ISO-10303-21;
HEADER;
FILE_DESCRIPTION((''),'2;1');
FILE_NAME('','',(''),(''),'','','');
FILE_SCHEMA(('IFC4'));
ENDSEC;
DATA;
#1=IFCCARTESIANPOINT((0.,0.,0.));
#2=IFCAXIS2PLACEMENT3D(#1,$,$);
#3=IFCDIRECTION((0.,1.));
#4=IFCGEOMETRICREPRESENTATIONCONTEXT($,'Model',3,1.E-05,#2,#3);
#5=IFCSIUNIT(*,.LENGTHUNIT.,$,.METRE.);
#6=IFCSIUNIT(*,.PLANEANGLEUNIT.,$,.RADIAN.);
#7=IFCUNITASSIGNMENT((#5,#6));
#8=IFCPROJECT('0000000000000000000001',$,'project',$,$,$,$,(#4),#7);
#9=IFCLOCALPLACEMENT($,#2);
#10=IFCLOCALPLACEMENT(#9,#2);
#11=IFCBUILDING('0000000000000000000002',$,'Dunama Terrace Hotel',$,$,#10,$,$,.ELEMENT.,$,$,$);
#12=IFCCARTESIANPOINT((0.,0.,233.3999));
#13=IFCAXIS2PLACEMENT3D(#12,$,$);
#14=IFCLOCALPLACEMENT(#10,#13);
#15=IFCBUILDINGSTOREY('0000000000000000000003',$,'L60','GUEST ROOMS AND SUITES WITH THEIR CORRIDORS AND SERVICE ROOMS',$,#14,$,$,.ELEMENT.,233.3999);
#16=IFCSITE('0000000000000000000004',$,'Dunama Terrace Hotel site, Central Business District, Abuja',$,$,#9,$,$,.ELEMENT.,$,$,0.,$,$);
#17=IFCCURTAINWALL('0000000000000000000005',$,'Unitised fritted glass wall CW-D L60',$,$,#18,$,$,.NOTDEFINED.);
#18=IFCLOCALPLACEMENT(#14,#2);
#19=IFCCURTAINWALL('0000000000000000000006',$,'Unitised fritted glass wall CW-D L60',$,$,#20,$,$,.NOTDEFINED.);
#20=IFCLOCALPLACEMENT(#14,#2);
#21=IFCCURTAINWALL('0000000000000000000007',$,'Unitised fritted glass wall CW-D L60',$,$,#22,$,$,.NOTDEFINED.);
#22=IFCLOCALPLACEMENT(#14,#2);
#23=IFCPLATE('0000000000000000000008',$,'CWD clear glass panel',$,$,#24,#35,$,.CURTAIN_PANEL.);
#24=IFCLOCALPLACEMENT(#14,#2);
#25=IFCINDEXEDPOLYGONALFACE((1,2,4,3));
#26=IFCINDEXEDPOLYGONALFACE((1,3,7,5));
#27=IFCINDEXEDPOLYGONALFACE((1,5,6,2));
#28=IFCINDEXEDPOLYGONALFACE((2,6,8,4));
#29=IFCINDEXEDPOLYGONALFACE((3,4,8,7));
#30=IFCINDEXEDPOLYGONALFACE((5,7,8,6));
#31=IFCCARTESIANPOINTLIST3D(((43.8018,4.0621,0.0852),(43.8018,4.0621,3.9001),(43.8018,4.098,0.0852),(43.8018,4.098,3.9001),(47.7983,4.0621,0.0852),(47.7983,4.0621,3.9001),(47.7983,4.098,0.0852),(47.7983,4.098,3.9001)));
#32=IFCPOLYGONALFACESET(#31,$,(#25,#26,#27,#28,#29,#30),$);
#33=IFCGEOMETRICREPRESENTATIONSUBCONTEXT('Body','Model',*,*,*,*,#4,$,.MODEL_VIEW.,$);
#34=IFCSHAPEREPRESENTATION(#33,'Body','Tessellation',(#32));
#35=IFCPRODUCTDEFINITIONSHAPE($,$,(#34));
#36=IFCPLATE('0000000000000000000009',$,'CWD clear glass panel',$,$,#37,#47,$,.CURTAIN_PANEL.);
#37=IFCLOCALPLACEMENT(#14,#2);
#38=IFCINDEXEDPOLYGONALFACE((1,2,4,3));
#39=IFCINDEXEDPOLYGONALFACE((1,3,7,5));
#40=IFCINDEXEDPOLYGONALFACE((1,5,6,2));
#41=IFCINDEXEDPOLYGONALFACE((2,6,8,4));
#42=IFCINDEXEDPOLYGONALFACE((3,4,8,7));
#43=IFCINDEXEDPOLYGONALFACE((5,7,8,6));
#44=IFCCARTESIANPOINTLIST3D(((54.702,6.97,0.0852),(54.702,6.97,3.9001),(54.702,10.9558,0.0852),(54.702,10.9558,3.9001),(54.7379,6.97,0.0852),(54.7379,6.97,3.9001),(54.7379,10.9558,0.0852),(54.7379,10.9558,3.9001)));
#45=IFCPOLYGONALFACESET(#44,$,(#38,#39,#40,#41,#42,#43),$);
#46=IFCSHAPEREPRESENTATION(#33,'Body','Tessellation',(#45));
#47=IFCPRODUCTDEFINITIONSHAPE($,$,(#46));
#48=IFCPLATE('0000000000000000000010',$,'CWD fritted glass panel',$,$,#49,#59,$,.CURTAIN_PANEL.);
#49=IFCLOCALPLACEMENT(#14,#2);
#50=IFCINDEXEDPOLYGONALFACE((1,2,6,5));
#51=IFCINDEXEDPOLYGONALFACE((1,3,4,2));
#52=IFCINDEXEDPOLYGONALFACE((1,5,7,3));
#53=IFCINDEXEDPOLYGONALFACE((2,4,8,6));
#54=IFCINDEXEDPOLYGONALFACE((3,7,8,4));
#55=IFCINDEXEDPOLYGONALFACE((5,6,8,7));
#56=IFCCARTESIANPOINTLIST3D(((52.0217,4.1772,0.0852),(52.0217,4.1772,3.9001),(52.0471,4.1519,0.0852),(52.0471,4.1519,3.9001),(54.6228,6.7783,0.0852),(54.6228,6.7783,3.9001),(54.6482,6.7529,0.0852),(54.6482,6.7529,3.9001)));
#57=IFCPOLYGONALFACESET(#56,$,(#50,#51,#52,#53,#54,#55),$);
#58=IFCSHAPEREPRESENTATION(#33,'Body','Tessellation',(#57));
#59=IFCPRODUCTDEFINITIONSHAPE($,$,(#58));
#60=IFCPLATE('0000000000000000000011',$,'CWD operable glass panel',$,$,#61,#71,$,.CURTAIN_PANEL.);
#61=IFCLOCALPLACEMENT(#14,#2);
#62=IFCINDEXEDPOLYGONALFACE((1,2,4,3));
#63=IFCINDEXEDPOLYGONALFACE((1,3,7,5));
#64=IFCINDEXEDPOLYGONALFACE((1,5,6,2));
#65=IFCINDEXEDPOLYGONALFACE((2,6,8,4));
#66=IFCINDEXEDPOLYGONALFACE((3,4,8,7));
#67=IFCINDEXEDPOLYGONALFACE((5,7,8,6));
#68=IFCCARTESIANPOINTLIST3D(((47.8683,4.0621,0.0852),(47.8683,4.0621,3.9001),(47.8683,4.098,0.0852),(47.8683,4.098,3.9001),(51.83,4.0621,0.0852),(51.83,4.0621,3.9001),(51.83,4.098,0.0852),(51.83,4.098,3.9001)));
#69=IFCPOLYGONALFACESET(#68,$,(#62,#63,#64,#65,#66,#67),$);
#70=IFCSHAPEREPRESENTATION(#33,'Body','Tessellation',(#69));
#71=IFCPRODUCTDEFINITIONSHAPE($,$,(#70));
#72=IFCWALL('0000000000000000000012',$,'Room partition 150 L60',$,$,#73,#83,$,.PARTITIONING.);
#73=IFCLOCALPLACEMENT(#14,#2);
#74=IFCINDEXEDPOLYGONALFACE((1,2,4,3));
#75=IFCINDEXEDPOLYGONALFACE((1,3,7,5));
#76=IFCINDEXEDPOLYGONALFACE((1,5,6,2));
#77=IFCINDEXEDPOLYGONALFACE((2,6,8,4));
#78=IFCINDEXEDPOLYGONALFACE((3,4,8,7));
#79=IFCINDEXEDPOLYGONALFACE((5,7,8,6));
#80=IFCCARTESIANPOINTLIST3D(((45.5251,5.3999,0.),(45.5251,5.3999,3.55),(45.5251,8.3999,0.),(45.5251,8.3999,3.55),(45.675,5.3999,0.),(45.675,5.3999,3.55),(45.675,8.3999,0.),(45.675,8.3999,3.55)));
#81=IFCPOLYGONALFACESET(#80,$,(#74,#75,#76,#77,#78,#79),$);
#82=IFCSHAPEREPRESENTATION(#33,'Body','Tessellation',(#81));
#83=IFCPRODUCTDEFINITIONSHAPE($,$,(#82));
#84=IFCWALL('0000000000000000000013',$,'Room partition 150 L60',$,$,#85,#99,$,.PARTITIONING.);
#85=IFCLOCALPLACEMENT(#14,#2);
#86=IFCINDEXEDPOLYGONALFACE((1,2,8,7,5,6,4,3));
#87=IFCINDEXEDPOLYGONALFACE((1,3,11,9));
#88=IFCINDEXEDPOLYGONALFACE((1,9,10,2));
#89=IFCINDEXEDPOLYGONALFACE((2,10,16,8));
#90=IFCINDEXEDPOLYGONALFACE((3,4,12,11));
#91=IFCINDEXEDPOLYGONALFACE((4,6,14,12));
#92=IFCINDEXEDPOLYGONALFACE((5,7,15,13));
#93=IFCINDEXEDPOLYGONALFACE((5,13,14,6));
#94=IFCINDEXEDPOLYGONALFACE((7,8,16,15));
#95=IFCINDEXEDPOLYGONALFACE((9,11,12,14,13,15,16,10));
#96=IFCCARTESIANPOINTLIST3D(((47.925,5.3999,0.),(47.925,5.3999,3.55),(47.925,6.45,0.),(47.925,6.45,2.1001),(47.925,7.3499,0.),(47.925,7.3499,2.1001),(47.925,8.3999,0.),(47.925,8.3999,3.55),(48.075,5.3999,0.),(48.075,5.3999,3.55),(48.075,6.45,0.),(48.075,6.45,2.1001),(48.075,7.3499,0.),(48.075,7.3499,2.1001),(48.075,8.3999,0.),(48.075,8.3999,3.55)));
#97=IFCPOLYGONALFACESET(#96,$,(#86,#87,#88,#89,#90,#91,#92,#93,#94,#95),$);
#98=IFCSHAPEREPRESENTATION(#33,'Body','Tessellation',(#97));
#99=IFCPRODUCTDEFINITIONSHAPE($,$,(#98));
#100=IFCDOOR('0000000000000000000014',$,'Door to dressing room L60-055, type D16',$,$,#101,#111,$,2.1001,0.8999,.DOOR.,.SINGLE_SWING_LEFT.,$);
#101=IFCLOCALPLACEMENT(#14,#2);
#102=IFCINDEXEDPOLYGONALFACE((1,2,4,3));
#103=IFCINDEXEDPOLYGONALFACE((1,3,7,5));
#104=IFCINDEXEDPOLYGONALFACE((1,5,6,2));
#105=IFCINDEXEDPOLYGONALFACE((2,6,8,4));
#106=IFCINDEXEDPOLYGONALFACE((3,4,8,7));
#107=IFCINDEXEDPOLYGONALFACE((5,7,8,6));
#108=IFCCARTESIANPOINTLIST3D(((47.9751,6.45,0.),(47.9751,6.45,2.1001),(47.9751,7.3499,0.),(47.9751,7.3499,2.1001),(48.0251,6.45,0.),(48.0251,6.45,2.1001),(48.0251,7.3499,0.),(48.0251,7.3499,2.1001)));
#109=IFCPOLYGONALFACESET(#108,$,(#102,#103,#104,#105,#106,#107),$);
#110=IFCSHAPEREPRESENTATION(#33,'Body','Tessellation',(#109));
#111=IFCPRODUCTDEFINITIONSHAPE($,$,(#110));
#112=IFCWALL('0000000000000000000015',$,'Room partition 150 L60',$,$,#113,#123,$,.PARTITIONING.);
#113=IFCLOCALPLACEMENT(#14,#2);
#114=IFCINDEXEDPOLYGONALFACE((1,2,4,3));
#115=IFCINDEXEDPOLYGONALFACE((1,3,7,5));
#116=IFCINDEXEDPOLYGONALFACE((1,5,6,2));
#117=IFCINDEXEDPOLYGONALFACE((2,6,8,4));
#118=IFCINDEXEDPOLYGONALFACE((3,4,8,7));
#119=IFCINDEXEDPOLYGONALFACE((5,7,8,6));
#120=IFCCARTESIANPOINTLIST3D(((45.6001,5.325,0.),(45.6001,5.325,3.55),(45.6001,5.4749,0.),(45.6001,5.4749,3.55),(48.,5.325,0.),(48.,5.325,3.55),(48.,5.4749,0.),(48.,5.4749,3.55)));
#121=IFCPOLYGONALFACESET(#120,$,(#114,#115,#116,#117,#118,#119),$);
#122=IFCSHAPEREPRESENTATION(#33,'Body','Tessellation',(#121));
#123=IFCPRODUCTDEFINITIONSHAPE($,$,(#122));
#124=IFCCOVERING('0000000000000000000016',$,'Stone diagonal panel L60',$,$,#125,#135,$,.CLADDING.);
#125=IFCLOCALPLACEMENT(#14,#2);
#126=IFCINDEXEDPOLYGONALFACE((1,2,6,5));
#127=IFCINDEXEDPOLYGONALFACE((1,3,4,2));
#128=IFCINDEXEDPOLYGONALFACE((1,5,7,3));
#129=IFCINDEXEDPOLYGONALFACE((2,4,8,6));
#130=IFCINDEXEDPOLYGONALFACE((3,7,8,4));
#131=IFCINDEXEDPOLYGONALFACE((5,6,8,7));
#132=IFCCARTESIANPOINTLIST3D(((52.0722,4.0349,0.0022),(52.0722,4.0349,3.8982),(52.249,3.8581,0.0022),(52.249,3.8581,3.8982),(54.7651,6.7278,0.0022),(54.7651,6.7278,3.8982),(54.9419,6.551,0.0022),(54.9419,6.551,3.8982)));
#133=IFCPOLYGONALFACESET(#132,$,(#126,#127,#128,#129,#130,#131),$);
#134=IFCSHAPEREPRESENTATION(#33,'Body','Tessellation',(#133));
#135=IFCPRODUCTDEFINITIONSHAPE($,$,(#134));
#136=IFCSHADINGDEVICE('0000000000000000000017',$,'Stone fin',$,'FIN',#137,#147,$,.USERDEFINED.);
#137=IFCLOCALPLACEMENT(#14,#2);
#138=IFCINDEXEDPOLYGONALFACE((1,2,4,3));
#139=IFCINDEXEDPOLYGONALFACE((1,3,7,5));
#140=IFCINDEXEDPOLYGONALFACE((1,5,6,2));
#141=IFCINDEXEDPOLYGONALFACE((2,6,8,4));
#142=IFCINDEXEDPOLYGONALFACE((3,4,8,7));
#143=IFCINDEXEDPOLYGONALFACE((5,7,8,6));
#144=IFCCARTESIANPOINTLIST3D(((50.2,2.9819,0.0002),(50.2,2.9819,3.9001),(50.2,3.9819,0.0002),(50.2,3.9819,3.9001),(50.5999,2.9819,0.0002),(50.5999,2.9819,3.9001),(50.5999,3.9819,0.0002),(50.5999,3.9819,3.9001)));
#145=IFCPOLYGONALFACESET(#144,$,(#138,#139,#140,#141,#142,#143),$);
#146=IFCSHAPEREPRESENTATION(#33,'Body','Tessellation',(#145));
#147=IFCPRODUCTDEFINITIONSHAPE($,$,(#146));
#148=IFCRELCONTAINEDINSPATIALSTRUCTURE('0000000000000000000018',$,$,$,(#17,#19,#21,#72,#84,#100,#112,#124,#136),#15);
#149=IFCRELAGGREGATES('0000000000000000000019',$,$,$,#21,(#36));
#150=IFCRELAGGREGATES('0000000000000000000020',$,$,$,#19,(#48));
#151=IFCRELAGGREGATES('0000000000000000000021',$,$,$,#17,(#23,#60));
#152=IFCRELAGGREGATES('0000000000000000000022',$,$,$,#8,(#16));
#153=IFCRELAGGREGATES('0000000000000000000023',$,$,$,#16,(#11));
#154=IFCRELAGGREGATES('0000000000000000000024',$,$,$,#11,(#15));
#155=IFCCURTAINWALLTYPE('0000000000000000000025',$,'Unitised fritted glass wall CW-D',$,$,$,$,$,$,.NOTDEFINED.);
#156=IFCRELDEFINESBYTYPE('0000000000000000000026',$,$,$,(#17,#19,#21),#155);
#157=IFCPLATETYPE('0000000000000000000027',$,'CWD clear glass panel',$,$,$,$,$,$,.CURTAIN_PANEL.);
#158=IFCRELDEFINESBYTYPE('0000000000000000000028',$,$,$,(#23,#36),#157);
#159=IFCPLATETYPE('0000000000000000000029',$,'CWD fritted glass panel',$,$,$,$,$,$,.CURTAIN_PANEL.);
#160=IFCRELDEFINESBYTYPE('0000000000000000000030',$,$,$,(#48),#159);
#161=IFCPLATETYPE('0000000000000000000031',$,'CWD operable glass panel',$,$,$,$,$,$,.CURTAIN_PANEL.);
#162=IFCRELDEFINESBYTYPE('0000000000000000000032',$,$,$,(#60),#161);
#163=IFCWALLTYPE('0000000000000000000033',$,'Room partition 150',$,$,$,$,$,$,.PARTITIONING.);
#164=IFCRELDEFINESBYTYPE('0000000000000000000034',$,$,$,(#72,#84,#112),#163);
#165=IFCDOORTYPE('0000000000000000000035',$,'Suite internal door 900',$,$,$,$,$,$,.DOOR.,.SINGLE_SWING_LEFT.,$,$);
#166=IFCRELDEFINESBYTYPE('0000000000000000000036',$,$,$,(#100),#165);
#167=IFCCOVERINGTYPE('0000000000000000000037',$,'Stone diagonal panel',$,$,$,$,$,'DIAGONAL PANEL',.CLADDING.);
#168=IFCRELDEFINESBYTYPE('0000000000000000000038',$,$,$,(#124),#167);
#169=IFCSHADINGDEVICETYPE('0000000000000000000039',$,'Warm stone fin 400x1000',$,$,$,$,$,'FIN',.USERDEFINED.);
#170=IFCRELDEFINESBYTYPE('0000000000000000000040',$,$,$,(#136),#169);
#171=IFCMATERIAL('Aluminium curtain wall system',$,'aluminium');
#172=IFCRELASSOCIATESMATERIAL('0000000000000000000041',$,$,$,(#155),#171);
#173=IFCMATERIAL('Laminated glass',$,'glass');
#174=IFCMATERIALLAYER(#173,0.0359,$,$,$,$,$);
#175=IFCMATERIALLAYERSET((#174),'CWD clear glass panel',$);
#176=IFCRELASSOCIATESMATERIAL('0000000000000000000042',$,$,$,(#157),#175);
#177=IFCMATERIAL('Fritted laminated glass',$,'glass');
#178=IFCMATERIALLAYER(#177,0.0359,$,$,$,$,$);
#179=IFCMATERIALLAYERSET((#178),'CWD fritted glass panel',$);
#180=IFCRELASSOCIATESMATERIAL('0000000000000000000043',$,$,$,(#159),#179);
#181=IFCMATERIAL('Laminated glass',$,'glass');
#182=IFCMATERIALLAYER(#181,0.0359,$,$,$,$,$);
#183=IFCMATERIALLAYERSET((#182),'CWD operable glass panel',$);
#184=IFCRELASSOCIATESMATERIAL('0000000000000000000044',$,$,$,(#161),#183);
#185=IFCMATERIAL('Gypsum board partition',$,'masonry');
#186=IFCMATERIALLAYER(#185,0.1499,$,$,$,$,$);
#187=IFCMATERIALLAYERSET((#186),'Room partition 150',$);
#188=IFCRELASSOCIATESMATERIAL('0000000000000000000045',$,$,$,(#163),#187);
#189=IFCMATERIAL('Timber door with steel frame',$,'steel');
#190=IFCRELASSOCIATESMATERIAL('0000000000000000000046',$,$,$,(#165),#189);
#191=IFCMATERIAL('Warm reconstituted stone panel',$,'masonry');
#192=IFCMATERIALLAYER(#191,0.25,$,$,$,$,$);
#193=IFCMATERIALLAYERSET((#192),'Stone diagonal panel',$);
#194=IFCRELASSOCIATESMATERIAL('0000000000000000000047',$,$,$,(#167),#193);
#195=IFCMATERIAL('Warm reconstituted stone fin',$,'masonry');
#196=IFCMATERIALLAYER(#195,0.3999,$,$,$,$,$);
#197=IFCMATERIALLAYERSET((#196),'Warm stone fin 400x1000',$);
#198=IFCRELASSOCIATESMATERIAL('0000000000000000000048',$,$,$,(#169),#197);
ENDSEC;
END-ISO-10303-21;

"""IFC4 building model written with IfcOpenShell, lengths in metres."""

from ifc_helpers import new_model, si_unit, direction, frame, frame_2d, origin, origin_2d, place, context, subcontext, project, spatial, rectangle, extrude, material, layer, layer_set, type_object, element, fill, aggregate, save


model = new_model("IFC4")

# Units and contexts
model_context = context("Model", 3, precision=1e-05, world=origin(), true_north=direction((0.0, 1.0)))
body_context = subcontext(model_context, "Body", "Model", "MODEL_VIEW")
ifc_project = project(units=[si_unit("LENGTHUNIT", "METRE"), si_unit("PLANEANGLEUNIT", "RADIAN")], contexts=[model_context])

# Site, building, storey
site_placement = place(None, origin())
site = spatial("IfcSite", under=ifc_project, at=site_placement, Name="Dunama Terrace Hotel site, Central Business District, Abuja", CompositionType="ELEMENT", RefElevation=0.0)
building_placement = place(site_placement, origin())
building = spatial("IfcBuilding", under=site, at=building_placement, Name="Dunama Terrace Hotel", CompositionType="ELEMENT")
storey_placement = place(building_placement, frame((0.0, 0.0, 233.3999)))
storey = spatial("IfcBuildingStorey", under=building, at=storey_placement, Name="L60", Description="GUEST ROOMS AND SUITES WITH THEIR CORRIDORS AND SERVICE ROOMS", CompositionType="ELEMENT", Elevation=233.3999)

# Curtain walls
ifc_material_1 = material(Name="Aluminium curtain wall system", Category="aluminium")
curtain_wall_type = type_object("IfcCurtainWallType", Name="Unitised fritted glass wall CW-D", PredefinedType="NOTDEFINED", material=ifc_material_1)
curtain_wall_1_placement = place(storey_placement, origin())
curtain_wall_1 = element("IfcCurtainWall", 1, at=curtain_wall_1_placement, inside=storey, type_object=curtain_wall_type, Name="Unitised fritted glass wall CW-D L60", PredefinedType="NOTDEFINED")
curtain_wall_2_placement = place(storey_placement, origin())
curtain_wall_2 = element("IfcCurtainWall", 2, at=curtain_wall_2_placement, inside=storey, type_object=curtain_wall_type, Name="Unitised fritted glass wall CW-D L60", PredefinedType="NOTDEFINED")
curtain_wall_3_placement = place(storey_placement, origin())
curtain_wall_3 = element("IfcCurtainWall", 3, at=curtain_wall_3_placement, inside=storey, type_object=curtain_wall_type, Name="Unitised fritted glass wall CW-D L60", PredefinedType="NOTDEFINED")

# Plates
ifc_material_2 = material(Name="Laminated glass", Category="glass")
ifc_layer_1 = layer(ifc_material_2, 0.0359)
ifc_layer_set_1 = layer_set([ifc_layer_1], Name="CWD clear glass panel")
plate_type_1 = type_object("IfcPlateType", Name="CWD clear glass panel", PredefinedType="CURTAIN_PANEL", material=ifc_layer_set_1)
plate_1_placement = place(storey_placement, frame((45.8, 4.0801, 0.0852), z_axis=(0.0, 0.0, 1.0), x_axis=(1.0, 0.0, 0.0)))
plate_1 = element("IfcPlate", 4, at=plate_1_placement, type_object=plate_type_1, Name="CWD clear glass panel", PredefinedType="CURTAIN_PANEL", context=body_context, shape_type="SweptSolid", body=[
    extrude(rectangle(XDim=3.9966, YDim=0.0359, at=origin_2d()), origin(), (0.0, 0.0, 1.0), 3.8149),
])
plate_2_placement = place(storey_placement, frame((54.72, 8.9629, 0.0852), z_axis=(0.0, 0.0, 1.0), x_axis=(0.0, 1.0, 0.0)))
plate_2 = element("IfcPlate", 5, at=plate_2_placement, type_object=plate_type_1, Name="CWD clear glass panel", PredefinedType="CURTAIN_PANEL", context=body_context, shape_type="SweptSolid", body=[
    extrude(rectangle(XDim=3.9858, YDim=0.0359, at=origin_2d()), origin(), (0.0, 0.0, 1.0), 3.8149),
])
aggregate(curtain_wall_3, [plate_2])
ifc_material_3 = material(Name="Fritted laminated glass", Category="glass")
ifc_layer_2 = layer(ifc_material_3, 0.0359)
ifc_layer_set_2 = layer_set([ifc_layer_2], Name="CWD fritted glass panel")
plate_type_2 = type_object("IfcPlateType", Name="CWD fritted glass panel", PredefinedType="CURTAIN_PANEL", material=ifc_layer_set_2)
plate_3_placement = place(storey_placement, frame((53.335, 5.4651, 0.0852), z_axis=(0.0, 0.0, 1.0), x_axis=(0.707107, 0.707107, 0.0)))
plate_3 = element("IfcPlate", 6, at=plate_3_placement, type_object=plate_type_2, Name="CWD fritted glass panel", PredefinedType="CURTAIN_PANEL", context=body_context, shape_type="SweptSolid", body=[
    extrude(rectangle(XDim=3.6785, YDim=0.0359, at=origin_2d()), origin(), (0.0, 0.0, 1.0), 3.8149),
])
aggregate(curtain_wall_2, [plate_3])
ifc_material_4 = material(Name="Laminated glass", Category="glass")
ifc_layer_3 = layer(ifc_material_4, 0.0359)
ifc_layer_set_3 = layer_set([ifc_layer_3], Name="CWD operable glass panel")
plate_type_3 = type_object("IfcPlateType", Name="CWD operable glass panel", PredefinedType="CURTAIN_PANEL", material=ifc_layer_set_3)
plate_4_placement = place(storey_placement, frame((49.8491, 4.0801, 0.0852), z_axis=(0.0, 0.0, 1.0), x_axis=(1.0, 0.0, 0.0)))
plate_4 = element("IfcPlate", 7, at=plate_4_placement, type_object=plate_type_3, Name="CWD operable glass panel", PredefinedType="CURTAIN_PANEL", context=body_context, shape_type="SweptSolid", body=[
    extrude(rectangle(XDim=3.9617, YDim=0.0359, at=origin_2d()), origin(), (0.0, 0.0, 1.0), 3.8149),
])
aggregate(curtain_wall_1, [plate_1, plate_4])

# Wall
ifc_material_5 = material(Name="Gypsum board partition", Category="masonry")
ifc_layer_4 = layer(ifc_material_5, 0.1499)
ifc_layer_set_4 = layer_set([ifc_layer_4], Name="Room partition 150")
wall_type = type_object("IfcWallType", Name="Room partition 150", PredefinedType="PARTITIONING", material=ifc_layer_set_4)
wall_1_placement = place(storey_placement, frame((45.6001, 5.3999, 0.0), z_axis=(0.0, 0.0, 1.0), x_axis=(0.0, 1.0, 0.0)))
element("IfcWall", 8, at=wall_1_placement, inside=storey, type_object=wall_type, Name="Room partition 150 L60", PredefinedType="PARTITIONING", context=body_context, shape_type="SweptSolid", body=[
    extrude(rectangle(XDim=3.0, YDim=0.1499, at=frame_2d((1.5, 0.0))), origin(), (0.0, 0.0, 1.0), 3.55),
])

# Wall, opening, door
wall_2_placement = place(storey_placement, frame((48.0, 5.3999, 0.0), z_axis=(0.0, 0.0, 1.0), x_axis=(0.0, 1.0, 0.0)))
wall_2 = element("IfcWall", 9, at=wall_2_placement, inside=storey, type_object=wall_type, Name="Room partition 150 L60", PredefinedType="PARTITIONING", context=body_context, shape_type="SweptSolid", body=[
    extrude(rectangle(XDim=3.0, YDim=0.1499, at=frame_2d((1.5, 0.0))), origin(), (0.0, 0.0, 1.0), 3.55),
])
opening_placement = place(wall_2_placement, frame((1.05, 0.0, 0.0)))
opening = element("IfcOpeningElement", 10, at=opening_placement, cuts=wall_2, PredefinedType="OPENING", context=body_context, shape_type="SweptSolid", body=[
    extrude(rectangle(XDim=0.8999, YDim=2.1001, at=frame_2d((0.45, 1.05))), frame((0.0, 0.085, 0.0), z_axis=(0.0, -1.0, 0.0), x_axis=(1.0, 0.0, 0.0)), (0.0, 0.0, 1.0), 0.1699),
])
ifc_material_6 = material(Name="Timber door with steel frame", Category="steel")
door_type = type_object("IfcDoorType", Name="Suite internal door 900", OperationType="SINGLE_SWING_LEFT", PredefinedType="DOOR", material=ifc_material_6)
door_placement = place(opening_placement, origin())
door = element("IfcDoor", 11, at=door_placement, inside=storey, type_object=door_type, Name="Door to dressing room L60-055, type D16", OperationType="SINGLE_SWING_LEFT", OverallHeight=2.1001, OverallWidth=0.8999, PredefinedType="DOOR", context=body_context, shape_type="SweptSolid", body=[
    extrude(rectangle(XDim=0.8999, YDim=2.1001, at=frame_2d((0.45, 1.05))), frame((0.0, 0.0249, 0.0), z_axis=(0.0, -1.0, 0.0), x_axis=(1.0, 0.0, 0.0)), (0.0, 0.0, 1.0), 0.05),
])
fill(opening, door)

# Wall
wall_3_placement = place(storey_placement, frame((45.6001, 5.3999, 0.0), z_axis=(0.0, 0.0, 1.0), x_axis=(1.0, 0.0, 0.0)))
element("IfcWall", 12, at=wall_3_placement, inside=storey, type_object=wall_type, Name="Room partition 150 L60", PredefinedType="PARTITIONING", context=body_context, shape_type="SweptSolid", body=[
    extrude(rectangle(XDim=2.3999, YDim=0.1499, at=frame_2d((1.2, 0.0))), origin(), (0.0, 0.0, 1.0), 3.55),
])

# Covering
ifc_material_7 = material(Name="Warm reconstituted stone panel", Category="masonry")
ifc_layer_5 = layer(ifc_material_7, 0.25)
ifc_layer_set_5 = layer_set([ifc_layer_5], Name="Stone diagonal panel")
covering_type = type_object("IfcCoveringType", Name="Stone diagonal panel", ElementType="DIAGONAL PANEL", PredefinedType="CLADDING", material=ifc_layer_set_5)
covering_placement = place(storey_placement, frame((53.5071, 5.293, 0.0022), z_axis=(0.0, 0.0, 1.0), x_axis=(0.707107, 0.707107, 0.0)))
element("IfcCovering", 13, at=covering_placement, inside=storey, type_object=covering_type, Name="Stone diagonal panel L60", PredefinedType="CLADDING", context=body_context, shape_type="SweptSolid", body=[
    extrude(rectangle(XDim=3.8083, YDim=0.25, at=origin_2d()), origin(), (0.0, 0.0, 1.0), 3.896),
])

# Shading device
ifc_material_8 = material(Name="Warm reconstituted stone fin", Category="masonry")
ifc_layer_6 = layer(ifc_material_8, 0.3999)
ifc_layer_set_6 = layer_set([ifc_layer_6], Name="Warm stone fin 400x1000")
shading_device_type = type_object("IfcShadingDeviceType", Name="Warm stone fin 400x1000", ElementType="FIN", PredefinedType="USERDEFINED", material=ifc_layer_set_6)
shading_device_placement = place(storey_placement, frame((50.3999, 3.4819, 0.0002), z_axis=(0.0, 0.0, 1.0), x_axis=(1.0, 0.0, 0.0)))
element("IfcShadingDevice", 14, at=shading_device_placement, inside=storey, type_object=shading_device_type, Name="Stone fin", ObjectType="FIN", PredefinedType="USERDEFINED", context=body_context, shape_type="SweptSolid", body=[
    extrude(rectangle(XDim=0.3999, YDim=1.0, at=origin_2d()), origin(), (0.0, 0.0, 1.0), 3.8999),
])

save(model, "model.ifc")
